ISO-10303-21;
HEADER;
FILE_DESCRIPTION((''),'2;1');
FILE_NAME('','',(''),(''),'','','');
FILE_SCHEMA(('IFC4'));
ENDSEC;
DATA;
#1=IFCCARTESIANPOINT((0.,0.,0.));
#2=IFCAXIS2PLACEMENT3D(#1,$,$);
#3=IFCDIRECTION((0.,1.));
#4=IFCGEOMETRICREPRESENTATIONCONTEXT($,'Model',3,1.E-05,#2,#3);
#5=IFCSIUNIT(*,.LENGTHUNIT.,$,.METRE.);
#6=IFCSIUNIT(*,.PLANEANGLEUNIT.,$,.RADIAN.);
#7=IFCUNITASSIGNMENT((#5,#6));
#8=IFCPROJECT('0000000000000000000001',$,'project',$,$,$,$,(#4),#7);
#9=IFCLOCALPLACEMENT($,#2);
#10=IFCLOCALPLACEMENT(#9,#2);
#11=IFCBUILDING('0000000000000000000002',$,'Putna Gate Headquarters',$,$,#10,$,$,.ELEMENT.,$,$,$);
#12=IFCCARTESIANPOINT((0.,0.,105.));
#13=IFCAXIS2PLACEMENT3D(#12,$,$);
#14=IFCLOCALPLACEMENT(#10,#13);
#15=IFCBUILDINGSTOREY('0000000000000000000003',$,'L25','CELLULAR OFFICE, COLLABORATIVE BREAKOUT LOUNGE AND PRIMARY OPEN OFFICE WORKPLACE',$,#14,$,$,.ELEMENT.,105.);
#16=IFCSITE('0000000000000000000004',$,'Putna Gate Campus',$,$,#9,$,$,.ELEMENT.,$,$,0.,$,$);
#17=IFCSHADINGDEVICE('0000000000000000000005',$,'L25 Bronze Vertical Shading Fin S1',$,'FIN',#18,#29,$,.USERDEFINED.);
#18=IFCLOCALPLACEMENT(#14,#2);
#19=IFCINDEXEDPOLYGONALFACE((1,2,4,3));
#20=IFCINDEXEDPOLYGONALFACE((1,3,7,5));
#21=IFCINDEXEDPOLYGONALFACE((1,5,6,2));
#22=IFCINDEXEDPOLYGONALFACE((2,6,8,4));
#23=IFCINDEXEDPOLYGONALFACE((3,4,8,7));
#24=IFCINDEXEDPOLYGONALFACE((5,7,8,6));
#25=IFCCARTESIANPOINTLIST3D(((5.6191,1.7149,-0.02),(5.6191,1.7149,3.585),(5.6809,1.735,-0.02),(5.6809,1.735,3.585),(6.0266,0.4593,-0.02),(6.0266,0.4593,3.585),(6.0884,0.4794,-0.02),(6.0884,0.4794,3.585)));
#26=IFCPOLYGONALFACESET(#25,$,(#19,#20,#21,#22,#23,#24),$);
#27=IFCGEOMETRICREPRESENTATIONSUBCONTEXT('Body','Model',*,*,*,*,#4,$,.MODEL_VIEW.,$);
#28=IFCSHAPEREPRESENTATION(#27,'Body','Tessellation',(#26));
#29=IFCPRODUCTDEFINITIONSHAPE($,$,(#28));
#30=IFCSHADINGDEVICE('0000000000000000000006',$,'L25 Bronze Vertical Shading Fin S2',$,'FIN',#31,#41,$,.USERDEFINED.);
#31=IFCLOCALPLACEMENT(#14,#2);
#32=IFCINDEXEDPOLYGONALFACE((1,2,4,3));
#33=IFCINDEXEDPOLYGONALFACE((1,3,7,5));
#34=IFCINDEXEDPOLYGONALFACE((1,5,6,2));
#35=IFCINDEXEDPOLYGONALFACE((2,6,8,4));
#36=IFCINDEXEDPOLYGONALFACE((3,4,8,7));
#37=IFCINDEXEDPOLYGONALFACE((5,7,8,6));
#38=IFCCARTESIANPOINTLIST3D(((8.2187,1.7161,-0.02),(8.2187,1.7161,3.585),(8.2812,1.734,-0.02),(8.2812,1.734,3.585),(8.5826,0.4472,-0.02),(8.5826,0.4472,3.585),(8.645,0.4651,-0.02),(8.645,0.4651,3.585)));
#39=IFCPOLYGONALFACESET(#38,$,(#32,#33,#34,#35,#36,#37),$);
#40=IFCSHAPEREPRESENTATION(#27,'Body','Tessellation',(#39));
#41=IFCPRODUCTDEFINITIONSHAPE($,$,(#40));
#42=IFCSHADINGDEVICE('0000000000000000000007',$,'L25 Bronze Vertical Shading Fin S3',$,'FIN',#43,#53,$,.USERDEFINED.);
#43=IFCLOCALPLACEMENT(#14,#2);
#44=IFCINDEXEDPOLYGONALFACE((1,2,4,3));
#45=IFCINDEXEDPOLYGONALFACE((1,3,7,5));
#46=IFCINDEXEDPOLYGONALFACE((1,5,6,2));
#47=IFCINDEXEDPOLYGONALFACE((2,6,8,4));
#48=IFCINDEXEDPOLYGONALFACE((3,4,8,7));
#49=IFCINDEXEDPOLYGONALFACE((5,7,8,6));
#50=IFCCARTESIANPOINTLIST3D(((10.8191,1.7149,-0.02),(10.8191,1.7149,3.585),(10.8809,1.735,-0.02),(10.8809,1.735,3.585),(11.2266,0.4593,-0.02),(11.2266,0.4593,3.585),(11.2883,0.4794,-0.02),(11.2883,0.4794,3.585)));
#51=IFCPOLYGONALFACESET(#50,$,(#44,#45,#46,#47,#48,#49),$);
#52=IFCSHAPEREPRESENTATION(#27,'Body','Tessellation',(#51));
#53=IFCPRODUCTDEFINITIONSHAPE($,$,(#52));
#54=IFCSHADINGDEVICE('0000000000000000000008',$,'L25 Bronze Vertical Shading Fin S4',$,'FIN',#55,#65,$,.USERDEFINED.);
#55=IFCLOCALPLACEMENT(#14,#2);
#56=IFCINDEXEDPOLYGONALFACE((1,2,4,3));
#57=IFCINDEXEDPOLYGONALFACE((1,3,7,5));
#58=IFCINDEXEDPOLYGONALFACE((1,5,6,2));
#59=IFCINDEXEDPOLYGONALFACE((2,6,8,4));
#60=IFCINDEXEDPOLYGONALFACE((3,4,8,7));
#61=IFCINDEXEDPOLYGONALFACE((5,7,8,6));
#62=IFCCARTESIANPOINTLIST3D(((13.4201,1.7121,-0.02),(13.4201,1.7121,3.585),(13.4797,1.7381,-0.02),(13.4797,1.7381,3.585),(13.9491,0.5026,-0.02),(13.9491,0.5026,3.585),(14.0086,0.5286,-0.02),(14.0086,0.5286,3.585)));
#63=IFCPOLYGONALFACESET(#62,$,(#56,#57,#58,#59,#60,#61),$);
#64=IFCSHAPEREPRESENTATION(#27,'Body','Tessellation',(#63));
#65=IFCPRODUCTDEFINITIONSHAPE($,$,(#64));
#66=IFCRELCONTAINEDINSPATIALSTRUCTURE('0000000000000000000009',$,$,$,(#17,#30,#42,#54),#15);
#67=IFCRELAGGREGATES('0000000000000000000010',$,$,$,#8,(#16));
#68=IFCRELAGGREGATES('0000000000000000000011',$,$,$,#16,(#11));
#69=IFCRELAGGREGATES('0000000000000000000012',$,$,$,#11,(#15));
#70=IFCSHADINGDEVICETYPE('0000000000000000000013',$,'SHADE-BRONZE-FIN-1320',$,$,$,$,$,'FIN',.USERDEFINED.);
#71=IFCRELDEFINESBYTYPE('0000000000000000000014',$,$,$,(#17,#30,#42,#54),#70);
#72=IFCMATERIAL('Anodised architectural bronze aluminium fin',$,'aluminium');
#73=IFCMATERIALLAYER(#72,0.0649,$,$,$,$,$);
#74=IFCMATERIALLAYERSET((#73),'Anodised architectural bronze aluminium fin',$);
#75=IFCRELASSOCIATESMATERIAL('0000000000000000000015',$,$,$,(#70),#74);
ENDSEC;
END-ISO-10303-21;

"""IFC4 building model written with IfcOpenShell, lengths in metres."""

from ifc_helpers import new_model, si_unit, direction, frame, origin, origin_2d, place, context, subcontext, project, spatial, rectangle, extrude, material, layer, layer_set, type_object, element, save


model = new_model("IFC4")

# Units and contexts
model_context = context("Model", 3, precision=1e-05, world=origin(), true_north=direction((0.0, 1.0)))
body_context = subcontext(model_context, "Body", "Model", "MODEL_VIEW")
ifc_project = project(units=[si_unit("LENGTHUNIT", "METRE"), si_unit("PLANEANGLEUNIT", "RADIAN")], contexts=[model_context])

# Site, building, storey
site_placement = place(None, origin())
site = spatial("IfcSite", under=ifc_project, at=site_placement, Name="Putna Gate Campus", CompositionType="ELEMENT", RefElevation=0.0)
building_placement = place(site_placement, origin())
building = spatial("IfcBuilding", under=site, at=building_placement, Name="Putna Gate Headquarters", CompositionType="ELEMENT")
storey_placement = place(building_placement, frame((0.0, 0.0, 105.0)))
storey = spatial("IfcBuildingStorey", under=building, at=storey_placement, Name="L25", Description="CELLULAR OFFICE, COLLABORATIVE BREAKOUT LOUNGE AND PRIMARY OPEN OFFICE WORKPLACE", CompositionType="ELEMENT", Elevation=105.0)

# Shading devices
ifc_material_1 = material(Name="Anodised architectural bronze aluminium fin", Category="aluminium")
ifc_layer_1 = layer(ifc_material_1, 0.0649)
ifc_layer_set_1 = layer_set([ifc_layer_1], Name="Anodised architectural bronze aluminium fin")
shading_device_type = type_object("IfcShadingDeviceType", Name="SHADE-BRONZE-FIN-1320", ElementType="FIN", PredefinedType="USERDEFINED", material=ifc_layer_set_1)
for number, where, z_axis, x_axis, name in (
    (1, (5.8538, 1.0972, -0.02), (0.0, 0.0, 1.0), (0.308685, -0.951164, 0.0), "L25 Bronze Vertical Shading Fin S1"),
    (2, (8.4319, 1.0906, -0.02), (0.0, 0.0, 1.0), (0.275637, -0.961262, 0.0), "L25 Bronze Vertical Shading Fin S2"),
    (3, (11.0537, 1.0972, -0.02), (0.0, 0.0, 1.0), (0.308685, -0.951164, 0.0), "L25 Bronze Vertical Shading Fin S3"),
    (4, (13.7144, 1.1204, -0.02), (0.0, 0.0, 1.0), (0.400669, -0.916223, 0.0), "L25 Bronze Vertical Shading Fin S4"),
):
    element("IfcShadingDevice", number, at=place(storey_placement, frame(where, z_axis=z_axis, x_axis=x_axis)), inside=storey, type_object=shading_device_type, Name=name, ObjectType="FIN", PredefinedType="USERDEFINED", context=body_context, shape_type="SweptSolid", body=[
        extrude(rectangle(XDim=1.3201, YDim=0.0649, at=origin_2d()), origin(), (0.0, 0.0, 1.0), 3.605),
    ])

save(model, "model.ifc")
